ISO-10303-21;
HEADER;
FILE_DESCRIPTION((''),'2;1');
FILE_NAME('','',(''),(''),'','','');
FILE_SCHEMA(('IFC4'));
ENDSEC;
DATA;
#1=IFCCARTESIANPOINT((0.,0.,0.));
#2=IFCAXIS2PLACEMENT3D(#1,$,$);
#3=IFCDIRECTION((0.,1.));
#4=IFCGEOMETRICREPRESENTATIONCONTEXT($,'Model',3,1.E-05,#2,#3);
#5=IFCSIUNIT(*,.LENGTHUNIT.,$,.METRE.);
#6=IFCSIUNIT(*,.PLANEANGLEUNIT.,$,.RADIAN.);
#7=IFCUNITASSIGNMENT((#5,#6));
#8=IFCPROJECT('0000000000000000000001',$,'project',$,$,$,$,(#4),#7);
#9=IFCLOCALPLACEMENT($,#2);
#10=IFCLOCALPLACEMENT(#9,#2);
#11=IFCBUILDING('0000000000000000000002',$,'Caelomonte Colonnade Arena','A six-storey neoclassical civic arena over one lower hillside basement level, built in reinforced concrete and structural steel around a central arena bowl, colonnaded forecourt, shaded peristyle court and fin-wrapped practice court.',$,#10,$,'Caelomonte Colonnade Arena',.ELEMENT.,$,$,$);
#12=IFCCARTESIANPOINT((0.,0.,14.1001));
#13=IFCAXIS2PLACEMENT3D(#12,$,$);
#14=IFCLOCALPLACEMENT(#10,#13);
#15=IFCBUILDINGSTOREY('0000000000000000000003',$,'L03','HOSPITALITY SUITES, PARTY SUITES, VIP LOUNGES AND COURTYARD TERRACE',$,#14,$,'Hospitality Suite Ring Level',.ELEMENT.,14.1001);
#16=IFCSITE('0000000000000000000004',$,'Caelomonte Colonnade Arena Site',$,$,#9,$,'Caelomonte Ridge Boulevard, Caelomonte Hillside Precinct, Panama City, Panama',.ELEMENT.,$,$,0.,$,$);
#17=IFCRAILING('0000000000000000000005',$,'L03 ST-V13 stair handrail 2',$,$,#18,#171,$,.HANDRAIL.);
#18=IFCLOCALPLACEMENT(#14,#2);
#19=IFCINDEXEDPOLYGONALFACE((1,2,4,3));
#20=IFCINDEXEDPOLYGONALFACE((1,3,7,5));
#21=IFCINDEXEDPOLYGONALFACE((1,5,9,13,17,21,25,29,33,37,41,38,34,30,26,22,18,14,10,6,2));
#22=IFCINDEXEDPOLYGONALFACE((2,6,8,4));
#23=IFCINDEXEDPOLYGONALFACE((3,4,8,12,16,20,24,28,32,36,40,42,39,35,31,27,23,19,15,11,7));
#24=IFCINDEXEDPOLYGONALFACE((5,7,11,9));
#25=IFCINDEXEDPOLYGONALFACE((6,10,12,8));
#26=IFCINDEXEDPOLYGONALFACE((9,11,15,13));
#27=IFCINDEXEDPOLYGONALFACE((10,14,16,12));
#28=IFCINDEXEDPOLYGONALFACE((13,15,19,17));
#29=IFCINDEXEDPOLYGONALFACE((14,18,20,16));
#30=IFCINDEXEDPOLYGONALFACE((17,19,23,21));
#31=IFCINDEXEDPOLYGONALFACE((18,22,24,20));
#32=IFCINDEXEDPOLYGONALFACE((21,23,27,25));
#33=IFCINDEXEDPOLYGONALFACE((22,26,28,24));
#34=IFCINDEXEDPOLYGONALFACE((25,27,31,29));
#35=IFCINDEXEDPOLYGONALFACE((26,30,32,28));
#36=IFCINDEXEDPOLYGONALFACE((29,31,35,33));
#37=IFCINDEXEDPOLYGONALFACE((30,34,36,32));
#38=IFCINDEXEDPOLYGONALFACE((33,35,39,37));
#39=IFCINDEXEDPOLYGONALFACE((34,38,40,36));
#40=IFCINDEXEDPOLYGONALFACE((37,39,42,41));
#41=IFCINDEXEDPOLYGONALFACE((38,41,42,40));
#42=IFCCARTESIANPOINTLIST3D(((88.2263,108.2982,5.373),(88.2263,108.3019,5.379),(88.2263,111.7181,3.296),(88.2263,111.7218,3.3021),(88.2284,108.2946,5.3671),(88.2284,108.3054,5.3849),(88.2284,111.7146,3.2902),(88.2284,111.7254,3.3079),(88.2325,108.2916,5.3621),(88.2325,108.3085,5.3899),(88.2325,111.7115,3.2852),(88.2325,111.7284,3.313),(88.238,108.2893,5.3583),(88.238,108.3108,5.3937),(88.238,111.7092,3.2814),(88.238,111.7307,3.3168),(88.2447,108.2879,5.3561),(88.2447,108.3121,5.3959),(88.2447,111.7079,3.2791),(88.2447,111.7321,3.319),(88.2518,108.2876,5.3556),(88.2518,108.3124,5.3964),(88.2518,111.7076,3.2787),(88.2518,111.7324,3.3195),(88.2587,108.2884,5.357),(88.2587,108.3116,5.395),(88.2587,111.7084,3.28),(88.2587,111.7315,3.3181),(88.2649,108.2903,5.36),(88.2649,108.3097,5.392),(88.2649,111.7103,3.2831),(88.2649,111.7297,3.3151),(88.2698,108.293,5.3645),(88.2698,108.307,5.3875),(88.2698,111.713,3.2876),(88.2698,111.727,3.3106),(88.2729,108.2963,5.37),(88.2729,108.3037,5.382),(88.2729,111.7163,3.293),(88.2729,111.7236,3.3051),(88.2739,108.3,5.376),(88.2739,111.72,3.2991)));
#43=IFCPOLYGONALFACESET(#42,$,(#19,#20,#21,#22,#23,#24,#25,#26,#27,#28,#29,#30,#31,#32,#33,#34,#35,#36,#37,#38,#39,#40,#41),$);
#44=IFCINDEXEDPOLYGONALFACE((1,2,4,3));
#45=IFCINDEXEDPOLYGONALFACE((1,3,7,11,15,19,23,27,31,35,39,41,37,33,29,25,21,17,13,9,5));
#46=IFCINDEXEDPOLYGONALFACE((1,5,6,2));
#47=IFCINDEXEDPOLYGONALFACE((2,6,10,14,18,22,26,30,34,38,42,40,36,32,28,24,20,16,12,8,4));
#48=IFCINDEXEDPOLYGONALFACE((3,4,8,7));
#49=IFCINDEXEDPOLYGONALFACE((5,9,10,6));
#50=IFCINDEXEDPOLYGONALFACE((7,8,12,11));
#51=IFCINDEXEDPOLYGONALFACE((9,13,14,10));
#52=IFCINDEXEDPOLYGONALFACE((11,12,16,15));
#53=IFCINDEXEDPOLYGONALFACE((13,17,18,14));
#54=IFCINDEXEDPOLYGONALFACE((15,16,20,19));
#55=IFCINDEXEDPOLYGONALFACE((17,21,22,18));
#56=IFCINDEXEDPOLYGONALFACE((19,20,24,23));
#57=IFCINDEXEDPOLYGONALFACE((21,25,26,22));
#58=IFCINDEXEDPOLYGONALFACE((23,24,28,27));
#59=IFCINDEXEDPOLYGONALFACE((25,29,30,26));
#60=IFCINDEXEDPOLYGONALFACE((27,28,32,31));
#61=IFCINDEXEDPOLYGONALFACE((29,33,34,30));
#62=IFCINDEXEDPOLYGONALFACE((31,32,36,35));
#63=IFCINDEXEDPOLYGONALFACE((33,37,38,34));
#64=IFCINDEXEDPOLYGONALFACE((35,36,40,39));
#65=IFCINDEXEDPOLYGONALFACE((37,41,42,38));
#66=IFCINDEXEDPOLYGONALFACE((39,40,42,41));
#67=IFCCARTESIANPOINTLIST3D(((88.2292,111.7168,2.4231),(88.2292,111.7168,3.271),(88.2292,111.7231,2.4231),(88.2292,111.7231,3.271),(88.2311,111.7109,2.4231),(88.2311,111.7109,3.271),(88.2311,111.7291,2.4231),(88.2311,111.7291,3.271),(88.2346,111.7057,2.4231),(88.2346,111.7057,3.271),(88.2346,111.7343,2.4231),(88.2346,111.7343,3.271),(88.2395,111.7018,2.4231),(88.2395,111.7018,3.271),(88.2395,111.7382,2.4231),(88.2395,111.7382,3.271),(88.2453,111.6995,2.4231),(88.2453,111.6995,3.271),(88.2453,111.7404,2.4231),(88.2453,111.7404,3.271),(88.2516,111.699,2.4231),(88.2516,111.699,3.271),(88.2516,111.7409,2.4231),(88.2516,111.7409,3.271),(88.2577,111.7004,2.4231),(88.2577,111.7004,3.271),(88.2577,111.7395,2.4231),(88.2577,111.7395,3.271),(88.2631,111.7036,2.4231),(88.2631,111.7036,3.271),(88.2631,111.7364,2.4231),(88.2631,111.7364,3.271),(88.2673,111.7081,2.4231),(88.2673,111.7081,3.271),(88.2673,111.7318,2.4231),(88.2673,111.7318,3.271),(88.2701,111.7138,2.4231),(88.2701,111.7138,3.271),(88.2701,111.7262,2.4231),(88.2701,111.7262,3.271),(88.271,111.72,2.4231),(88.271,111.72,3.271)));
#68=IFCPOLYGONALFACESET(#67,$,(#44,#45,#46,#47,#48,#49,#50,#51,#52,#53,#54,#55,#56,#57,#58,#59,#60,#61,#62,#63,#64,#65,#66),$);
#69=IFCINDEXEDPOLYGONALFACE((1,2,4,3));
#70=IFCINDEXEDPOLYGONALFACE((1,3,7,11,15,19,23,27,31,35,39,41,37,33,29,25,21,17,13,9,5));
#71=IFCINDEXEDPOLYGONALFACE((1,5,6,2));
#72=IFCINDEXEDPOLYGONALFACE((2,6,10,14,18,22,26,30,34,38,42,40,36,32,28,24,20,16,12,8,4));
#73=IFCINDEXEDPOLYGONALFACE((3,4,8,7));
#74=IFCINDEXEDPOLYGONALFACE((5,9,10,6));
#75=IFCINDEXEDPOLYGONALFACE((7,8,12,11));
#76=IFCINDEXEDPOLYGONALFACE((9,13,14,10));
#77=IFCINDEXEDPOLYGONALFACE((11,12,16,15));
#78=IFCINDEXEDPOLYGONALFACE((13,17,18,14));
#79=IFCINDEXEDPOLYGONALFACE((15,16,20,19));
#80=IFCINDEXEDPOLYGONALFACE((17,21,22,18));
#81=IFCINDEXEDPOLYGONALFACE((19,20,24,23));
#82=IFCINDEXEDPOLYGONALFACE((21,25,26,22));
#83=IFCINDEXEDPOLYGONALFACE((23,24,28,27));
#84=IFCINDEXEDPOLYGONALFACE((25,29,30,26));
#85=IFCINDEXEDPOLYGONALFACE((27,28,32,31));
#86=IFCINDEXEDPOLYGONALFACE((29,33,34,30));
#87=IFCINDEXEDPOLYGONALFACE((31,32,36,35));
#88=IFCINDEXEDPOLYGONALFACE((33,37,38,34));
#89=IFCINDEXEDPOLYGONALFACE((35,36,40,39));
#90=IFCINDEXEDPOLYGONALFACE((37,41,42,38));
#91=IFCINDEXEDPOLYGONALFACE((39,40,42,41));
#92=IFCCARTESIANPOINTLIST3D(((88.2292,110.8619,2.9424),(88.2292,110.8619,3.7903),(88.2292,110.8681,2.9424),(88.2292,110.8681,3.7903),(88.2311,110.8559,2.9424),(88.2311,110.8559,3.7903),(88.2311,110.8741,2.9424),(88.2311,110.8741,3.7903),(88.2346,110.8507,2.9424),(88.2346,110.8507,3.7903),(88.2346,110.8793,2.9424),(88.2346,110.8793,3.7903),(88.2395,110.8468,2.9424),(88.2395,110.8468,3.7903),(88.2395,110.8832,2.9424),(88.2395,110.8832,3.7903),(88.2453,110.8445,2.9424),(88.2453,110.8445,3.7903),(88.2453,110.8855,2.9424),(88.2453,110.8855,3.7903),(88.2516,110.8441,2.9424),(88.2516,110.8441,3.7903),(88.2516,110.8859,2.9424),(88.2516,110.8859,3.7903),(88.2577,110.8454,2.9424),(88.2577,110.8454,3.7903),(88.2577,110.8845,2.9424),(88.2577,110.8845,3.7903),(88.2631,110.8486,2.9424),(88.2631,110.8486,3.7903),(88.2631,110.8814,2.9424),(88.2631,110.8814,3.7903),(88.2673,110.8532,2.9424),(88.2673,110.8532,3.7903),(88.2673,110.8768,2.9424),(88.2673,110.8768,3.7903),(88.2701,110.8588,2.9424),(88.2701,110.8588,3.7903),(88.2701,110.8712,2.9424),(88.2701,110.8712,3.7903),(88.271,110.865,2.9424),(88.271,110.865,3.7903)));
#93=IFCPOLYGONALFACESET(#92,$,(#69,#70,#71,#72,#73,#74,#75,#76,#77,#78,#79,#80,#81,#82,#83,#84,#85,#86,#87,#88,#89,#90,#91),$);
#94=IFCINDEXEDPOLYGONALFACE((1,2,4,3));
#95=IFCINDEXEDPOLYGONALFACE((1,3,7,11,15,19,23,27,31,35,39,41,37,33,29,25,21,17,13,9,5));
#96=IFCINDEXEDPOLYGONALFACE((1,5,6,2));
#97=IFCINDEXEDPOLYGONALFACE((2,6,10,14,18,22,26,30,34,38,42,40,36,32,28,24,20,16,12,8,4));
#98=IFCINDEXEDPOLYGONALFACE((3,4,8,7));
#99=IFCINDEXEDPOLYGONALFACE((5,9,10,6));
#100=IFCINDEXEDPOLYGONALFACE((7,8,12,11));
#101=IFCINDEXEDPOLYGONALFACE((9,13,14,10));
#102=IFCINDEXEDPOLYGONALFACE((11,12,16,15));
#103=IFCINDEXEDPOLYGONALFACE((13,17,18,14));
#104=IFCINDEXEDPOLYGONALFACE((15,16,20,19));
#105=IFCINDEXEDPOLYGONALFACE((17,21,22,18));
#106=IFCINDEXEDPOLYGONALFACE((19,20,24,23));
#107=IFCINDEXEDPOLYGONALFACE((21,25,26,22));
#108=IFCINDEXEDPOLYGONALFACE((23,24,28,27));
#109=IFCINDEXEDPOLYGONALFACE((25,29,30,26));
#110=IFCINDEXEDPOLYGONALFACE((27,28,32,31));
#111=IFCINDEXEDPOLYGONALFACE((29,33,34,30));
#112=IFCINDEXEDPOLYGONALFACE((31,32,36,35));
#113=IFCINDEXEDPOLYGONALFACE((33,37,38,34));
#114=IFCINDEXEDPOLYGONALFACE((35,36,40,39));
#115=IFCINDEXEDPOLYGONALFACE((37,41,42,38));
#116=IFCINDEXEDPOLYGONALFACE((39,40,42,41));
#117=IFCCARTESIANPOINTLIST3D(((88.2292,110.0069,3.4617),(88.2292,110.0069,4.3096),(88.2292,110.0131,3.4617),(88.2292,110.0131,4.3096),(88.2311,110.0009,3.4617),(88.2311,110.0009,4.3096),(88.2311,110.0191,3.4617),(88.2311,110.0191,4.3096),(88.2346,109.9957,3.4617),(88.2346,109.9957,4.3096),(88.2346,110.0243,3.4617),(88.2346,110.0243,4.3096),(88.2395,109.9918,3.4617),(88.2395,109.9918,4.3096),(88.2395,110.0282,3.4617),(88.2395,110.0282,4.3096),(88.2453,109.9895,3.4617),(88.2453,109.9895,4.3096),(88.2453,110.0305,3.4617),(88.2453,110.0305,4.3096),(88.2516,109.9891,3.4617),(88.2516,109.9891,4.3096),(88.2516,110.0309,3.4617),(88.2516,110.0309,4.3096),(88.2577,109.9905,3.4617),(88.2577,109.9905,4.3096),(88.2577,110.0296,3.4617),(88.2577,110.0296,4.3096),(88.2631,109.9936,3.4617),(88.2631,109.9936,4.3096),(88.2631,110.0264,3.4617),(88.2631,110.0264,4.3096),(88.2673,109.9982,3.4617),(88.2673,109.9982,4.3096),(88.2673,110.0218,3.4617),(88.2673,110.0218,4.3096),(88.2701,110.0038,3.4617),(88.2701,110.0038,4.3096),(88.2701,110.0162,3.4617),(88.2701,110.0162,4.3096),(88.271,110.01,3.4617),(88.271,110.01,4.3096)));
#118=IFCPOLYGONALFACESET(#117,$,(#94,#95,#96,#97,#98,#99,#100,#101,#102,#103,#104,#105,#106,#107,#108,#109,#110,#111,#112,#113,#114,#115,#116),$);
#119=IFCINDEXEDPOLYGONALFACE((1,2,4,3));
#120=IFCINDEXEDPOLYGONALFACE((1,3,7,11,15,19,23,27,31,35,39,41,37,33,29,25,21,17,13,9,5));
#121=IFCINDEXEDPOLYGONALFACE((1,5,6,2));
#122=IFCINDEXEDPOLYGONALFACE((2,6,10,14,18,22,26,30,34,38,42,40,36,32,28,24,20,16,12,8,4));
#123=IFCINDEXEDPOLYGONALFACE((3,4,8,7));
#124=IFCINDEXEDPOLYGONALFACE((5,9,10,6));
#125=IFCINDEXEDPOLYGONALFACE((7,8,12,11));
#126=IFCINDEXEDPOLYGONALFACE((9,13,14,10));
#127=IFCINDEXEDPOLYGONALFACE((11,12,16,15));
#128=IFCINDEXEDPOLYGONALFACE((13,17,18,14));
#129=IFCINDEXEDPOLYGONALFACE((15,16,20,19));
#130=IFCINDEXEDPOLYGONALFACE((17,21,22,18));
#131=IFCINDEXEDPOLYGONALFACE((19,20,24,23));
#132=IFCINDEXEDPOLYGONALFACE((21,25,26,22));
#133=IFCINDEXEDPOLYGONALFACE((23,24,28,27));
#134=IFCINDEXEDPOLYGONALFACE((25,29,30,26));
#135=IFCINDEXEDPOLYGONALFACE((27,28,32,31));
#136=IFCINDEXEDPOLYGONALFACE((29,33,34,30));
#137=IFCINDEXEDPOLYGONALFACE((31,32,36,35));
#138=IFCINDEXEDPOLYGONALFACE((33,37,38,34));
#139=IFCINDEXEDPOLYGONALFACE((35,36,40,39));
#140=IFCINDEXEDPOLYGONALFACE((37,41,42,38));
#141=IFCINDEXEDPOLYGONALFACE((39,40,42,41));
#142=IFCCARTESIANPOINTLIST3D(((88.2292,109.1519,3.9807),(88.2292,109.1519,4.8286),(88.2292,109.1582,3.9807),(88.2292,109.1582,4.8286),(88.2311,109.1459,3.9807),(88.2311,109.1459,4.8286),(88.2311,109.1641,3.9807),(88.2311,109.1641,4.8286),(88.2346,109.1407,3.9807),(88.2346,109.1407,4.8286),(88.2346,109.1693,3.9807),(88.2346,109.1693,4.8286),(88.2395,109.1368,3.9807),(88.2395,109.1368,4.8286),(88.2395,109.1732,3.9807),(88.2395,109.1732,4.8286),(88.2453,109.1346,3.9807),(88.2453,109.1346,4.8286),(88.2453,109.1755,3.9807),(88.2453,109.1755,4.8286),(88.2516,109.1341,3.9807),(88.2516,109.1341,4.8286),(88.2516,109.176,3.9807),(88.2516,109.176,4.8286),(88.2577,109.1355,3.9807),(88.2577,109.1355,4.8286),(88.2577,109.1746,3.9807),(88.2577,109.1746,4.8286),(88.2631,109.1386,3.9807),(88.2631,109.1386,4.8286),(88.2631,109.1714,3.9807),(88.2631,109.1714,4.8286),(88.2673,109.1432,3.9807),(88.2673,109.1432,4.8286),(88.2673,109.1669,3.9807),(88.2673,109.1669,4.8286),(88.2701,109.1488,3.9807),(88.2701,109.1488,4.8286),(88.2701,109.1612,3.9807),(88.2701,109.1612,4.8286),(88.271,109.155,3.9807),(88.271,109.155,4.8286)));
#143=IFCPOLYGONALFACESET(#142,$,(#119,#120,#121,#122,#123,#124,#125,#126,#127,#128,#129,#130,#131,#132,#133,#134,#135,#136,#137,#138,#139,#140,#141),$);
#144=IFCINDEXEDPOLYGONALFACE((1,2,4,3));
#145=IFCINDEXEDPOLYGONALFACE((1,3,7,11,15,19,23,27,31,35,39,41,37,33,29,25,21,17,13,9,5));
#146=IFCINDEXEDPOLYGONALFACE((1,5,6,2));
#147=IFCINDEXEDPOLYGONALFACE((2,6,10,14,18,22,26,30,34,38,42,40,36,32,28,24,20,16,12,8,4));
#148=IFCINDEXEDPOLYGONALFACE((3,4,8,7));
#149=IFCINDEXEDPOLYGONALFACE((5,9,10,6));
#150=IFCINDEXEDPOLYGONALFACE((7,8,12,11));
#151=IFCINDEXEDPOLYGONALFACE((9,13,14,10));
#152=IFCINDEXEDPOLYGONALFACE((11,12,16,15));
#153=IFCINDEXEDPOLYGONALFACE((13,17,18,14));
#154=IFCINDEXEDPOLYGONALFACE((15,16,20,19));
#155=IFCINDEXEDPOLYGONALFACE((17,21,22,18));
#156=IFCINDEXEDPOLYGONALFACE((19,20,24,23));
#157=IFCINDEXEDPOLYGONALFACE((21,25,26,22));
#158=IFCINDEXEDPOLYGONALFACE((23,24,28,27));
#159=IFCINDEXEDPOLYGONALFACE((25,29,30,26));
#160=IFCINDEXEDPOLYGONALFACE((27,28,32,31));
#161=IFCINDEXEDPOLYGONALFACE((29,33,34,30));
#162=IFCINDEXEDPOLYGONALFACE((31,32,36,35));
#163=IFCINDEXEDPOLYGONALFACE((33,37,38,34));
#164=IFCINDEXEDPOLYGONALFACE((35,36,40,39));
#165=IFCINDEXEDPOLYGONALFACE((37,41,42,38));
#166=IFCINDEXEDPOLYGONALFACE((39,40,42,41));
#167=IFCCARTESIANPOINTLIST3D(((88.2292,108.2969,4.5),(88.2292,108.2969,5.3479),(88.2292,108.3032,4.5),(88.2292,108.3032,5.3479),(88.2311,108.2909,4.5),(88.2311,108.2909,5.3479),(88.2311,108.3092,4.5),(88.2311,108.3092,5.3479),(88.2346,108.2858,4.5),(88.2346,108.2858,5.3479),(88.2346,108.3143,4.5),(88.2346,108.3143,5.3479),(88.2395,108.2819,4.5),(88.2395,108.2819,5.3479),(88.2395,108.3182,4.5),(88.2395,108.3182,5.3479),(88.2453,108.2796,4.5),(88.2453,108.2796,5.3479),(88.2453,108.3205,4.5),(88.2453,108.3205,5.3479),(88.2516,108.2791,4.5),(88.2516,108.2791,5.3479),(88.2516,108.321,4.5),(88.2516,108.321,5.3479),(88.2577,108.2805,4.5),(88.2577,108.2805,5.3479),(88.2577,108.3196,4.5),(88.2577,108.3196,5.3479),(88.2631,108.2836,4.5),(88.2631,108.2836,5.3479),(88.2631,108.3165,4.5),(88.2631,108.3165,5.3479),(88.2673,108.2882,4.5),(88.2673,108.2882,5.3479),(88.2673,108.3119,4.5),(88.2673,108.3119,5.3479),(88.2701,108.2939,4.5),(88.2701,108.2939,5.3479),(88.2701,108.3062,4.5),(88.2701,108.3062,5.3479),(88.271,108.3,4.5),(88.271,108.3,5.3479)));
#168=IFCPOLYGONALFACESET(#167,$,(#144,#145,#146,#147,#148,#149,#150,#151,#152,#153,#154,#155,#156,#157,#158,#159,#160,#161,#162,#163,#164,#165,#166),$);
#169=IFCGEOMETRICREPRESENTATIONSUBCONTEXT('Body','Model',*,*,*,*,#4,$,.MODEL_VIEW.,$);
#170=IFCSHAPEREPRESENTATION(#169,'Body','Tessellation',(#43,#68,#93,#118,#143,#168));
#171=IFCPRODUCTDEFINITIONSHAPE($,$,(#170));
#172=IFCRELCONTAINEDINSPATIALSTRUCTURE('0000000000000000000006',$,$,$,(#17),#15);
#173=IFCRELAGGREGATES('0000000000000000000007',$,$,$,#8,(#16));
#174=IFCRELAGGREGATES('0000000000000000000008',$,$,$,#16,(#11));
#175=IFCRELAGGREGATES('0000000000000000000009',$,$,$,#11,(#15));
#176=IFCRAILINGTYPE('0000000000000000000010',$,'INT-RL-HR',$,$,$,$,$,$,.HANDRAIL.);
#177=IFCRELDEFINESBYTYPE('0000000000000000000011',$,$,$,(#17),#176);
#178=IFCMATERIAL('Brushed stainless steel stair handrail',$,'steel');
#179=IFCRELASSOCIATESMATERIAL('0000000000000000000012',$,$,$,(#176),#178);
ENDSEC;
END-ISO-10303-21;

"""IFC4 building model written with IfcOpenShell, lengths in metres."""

from ifc_helpers import new_model, si_unit, direction, frame, origin, origin_2d, place, context, subcontext, project, spatial, circle, extrude, material, type_object, element, save


model = new_model("IFC4")

# Units and contexts
model_context = context("Model", 3, precision=1e-05, world=origin(), true_north=direction((0.0, 1.0)))
body_context = subcontext(model_context, "Body", "Model", "MODEL_VIEW")
ifc_project = project(units=[si_unit("LENGTHUNIT", "METRE"), si_unit("PLANEANGLEUNIT", "RADIAN")], contexts=[model_context])

# Site, building, storey
site_placement = place(None, origin())
site = spatial("IfcSite", under=ifc_project, at=site_placement, Name="Caelomonte Colonnade Arena Site", LongName="Caelomonte Ridge Boulevard, Caelomonte Hillside Precinct, Panama City, Panama", CompositionType="ELEMENT", RefElevation=0.0)
building_placement = place(site_placement, origin())
building = spatial("IfcBuilding", under=site, at=building_placement, Name="Caelomonte Colonnade Arena", Description="A six-storey neoclassical civic arena over one lower hillside basement level, built in reinforced concrete and structural steel around a central arena bowl, colonnaded forecourt, shaded peristyle court and fin-wrapped practice court.", LongName="Caelomonte Colonnade Arena", CompositionType="ELEMENT")
storey_placement = place(building_placement, frame((0.0, 0.0, 14.1001)))
storey = spatial("IfcBuildingStorey", under=building, at=storey_placement, Name="L03", Description="HOSPITALITY SUITES, PARTY SUITES, VIP LOUNGES AND COURTYARD TERRACE", LongName="Hospitality Suite Ring Level", CompositionType="ELEMENT", Elevation=14.1001)

# Railing
ifc_material_1 = material(Name="Brushed stainless steel stair handrail", Category="steel")
railing_type_1 = type_object("IfcRailingType", Name="INT-RL-HR", PredefinedType="HANDRAIL", material=ifc_material_1)
railing_1_placement = place(storey_placement, frame((88.25, 111.72, 2.4231)))
element("IfcRailing", 1, at=railing_1_placement, inside=storey, type_object=railing_type_1, Name="L03 ST-V13 stair handrail 2", PredefinedType="HANDRAIL", context=body_context, shape_type="SweptSolid", body=[
    extrude(circle(Radius=0.0239, at=origin_2d()), frame((0.0, 0.0, 0.876), z_axis=(0.0, -0.85473, 0.519074), x_axis=(1.0, 0.0, 0.0)), (0.0, 0.0, 1.0), 4.0012),
    extrude(circle(Radius=0.021, at=origin_2d()), origin(), (0.0, 0.0, 1.0), 0.8479),
    extrude(circle(Radius=0.021, at=origin_2d()), frame((0.0, -0.855, 0.5193)), (0.0, 0.0, 1.0), 0.8479),
    extrude(circle(Radius=0.021, at=origin_2d()), frame((0.0, -1.71, 1.0386)), (0.0, 0.0, 1.0), 0.8479),
    extrude(circle(Radius=0.021, at=origin_2d()), frame((0.0, -2.5649, 1.5576)), (0.0, 0.0, 1.0), 0.8479),
    extrude(circle(Radius=0.021, at=origin_2d()), frame((0.0, -3.4199, 2.0769)), (0.0, 0.0, 1.0), 0.8479),
])

save(model, "model.ifc")
